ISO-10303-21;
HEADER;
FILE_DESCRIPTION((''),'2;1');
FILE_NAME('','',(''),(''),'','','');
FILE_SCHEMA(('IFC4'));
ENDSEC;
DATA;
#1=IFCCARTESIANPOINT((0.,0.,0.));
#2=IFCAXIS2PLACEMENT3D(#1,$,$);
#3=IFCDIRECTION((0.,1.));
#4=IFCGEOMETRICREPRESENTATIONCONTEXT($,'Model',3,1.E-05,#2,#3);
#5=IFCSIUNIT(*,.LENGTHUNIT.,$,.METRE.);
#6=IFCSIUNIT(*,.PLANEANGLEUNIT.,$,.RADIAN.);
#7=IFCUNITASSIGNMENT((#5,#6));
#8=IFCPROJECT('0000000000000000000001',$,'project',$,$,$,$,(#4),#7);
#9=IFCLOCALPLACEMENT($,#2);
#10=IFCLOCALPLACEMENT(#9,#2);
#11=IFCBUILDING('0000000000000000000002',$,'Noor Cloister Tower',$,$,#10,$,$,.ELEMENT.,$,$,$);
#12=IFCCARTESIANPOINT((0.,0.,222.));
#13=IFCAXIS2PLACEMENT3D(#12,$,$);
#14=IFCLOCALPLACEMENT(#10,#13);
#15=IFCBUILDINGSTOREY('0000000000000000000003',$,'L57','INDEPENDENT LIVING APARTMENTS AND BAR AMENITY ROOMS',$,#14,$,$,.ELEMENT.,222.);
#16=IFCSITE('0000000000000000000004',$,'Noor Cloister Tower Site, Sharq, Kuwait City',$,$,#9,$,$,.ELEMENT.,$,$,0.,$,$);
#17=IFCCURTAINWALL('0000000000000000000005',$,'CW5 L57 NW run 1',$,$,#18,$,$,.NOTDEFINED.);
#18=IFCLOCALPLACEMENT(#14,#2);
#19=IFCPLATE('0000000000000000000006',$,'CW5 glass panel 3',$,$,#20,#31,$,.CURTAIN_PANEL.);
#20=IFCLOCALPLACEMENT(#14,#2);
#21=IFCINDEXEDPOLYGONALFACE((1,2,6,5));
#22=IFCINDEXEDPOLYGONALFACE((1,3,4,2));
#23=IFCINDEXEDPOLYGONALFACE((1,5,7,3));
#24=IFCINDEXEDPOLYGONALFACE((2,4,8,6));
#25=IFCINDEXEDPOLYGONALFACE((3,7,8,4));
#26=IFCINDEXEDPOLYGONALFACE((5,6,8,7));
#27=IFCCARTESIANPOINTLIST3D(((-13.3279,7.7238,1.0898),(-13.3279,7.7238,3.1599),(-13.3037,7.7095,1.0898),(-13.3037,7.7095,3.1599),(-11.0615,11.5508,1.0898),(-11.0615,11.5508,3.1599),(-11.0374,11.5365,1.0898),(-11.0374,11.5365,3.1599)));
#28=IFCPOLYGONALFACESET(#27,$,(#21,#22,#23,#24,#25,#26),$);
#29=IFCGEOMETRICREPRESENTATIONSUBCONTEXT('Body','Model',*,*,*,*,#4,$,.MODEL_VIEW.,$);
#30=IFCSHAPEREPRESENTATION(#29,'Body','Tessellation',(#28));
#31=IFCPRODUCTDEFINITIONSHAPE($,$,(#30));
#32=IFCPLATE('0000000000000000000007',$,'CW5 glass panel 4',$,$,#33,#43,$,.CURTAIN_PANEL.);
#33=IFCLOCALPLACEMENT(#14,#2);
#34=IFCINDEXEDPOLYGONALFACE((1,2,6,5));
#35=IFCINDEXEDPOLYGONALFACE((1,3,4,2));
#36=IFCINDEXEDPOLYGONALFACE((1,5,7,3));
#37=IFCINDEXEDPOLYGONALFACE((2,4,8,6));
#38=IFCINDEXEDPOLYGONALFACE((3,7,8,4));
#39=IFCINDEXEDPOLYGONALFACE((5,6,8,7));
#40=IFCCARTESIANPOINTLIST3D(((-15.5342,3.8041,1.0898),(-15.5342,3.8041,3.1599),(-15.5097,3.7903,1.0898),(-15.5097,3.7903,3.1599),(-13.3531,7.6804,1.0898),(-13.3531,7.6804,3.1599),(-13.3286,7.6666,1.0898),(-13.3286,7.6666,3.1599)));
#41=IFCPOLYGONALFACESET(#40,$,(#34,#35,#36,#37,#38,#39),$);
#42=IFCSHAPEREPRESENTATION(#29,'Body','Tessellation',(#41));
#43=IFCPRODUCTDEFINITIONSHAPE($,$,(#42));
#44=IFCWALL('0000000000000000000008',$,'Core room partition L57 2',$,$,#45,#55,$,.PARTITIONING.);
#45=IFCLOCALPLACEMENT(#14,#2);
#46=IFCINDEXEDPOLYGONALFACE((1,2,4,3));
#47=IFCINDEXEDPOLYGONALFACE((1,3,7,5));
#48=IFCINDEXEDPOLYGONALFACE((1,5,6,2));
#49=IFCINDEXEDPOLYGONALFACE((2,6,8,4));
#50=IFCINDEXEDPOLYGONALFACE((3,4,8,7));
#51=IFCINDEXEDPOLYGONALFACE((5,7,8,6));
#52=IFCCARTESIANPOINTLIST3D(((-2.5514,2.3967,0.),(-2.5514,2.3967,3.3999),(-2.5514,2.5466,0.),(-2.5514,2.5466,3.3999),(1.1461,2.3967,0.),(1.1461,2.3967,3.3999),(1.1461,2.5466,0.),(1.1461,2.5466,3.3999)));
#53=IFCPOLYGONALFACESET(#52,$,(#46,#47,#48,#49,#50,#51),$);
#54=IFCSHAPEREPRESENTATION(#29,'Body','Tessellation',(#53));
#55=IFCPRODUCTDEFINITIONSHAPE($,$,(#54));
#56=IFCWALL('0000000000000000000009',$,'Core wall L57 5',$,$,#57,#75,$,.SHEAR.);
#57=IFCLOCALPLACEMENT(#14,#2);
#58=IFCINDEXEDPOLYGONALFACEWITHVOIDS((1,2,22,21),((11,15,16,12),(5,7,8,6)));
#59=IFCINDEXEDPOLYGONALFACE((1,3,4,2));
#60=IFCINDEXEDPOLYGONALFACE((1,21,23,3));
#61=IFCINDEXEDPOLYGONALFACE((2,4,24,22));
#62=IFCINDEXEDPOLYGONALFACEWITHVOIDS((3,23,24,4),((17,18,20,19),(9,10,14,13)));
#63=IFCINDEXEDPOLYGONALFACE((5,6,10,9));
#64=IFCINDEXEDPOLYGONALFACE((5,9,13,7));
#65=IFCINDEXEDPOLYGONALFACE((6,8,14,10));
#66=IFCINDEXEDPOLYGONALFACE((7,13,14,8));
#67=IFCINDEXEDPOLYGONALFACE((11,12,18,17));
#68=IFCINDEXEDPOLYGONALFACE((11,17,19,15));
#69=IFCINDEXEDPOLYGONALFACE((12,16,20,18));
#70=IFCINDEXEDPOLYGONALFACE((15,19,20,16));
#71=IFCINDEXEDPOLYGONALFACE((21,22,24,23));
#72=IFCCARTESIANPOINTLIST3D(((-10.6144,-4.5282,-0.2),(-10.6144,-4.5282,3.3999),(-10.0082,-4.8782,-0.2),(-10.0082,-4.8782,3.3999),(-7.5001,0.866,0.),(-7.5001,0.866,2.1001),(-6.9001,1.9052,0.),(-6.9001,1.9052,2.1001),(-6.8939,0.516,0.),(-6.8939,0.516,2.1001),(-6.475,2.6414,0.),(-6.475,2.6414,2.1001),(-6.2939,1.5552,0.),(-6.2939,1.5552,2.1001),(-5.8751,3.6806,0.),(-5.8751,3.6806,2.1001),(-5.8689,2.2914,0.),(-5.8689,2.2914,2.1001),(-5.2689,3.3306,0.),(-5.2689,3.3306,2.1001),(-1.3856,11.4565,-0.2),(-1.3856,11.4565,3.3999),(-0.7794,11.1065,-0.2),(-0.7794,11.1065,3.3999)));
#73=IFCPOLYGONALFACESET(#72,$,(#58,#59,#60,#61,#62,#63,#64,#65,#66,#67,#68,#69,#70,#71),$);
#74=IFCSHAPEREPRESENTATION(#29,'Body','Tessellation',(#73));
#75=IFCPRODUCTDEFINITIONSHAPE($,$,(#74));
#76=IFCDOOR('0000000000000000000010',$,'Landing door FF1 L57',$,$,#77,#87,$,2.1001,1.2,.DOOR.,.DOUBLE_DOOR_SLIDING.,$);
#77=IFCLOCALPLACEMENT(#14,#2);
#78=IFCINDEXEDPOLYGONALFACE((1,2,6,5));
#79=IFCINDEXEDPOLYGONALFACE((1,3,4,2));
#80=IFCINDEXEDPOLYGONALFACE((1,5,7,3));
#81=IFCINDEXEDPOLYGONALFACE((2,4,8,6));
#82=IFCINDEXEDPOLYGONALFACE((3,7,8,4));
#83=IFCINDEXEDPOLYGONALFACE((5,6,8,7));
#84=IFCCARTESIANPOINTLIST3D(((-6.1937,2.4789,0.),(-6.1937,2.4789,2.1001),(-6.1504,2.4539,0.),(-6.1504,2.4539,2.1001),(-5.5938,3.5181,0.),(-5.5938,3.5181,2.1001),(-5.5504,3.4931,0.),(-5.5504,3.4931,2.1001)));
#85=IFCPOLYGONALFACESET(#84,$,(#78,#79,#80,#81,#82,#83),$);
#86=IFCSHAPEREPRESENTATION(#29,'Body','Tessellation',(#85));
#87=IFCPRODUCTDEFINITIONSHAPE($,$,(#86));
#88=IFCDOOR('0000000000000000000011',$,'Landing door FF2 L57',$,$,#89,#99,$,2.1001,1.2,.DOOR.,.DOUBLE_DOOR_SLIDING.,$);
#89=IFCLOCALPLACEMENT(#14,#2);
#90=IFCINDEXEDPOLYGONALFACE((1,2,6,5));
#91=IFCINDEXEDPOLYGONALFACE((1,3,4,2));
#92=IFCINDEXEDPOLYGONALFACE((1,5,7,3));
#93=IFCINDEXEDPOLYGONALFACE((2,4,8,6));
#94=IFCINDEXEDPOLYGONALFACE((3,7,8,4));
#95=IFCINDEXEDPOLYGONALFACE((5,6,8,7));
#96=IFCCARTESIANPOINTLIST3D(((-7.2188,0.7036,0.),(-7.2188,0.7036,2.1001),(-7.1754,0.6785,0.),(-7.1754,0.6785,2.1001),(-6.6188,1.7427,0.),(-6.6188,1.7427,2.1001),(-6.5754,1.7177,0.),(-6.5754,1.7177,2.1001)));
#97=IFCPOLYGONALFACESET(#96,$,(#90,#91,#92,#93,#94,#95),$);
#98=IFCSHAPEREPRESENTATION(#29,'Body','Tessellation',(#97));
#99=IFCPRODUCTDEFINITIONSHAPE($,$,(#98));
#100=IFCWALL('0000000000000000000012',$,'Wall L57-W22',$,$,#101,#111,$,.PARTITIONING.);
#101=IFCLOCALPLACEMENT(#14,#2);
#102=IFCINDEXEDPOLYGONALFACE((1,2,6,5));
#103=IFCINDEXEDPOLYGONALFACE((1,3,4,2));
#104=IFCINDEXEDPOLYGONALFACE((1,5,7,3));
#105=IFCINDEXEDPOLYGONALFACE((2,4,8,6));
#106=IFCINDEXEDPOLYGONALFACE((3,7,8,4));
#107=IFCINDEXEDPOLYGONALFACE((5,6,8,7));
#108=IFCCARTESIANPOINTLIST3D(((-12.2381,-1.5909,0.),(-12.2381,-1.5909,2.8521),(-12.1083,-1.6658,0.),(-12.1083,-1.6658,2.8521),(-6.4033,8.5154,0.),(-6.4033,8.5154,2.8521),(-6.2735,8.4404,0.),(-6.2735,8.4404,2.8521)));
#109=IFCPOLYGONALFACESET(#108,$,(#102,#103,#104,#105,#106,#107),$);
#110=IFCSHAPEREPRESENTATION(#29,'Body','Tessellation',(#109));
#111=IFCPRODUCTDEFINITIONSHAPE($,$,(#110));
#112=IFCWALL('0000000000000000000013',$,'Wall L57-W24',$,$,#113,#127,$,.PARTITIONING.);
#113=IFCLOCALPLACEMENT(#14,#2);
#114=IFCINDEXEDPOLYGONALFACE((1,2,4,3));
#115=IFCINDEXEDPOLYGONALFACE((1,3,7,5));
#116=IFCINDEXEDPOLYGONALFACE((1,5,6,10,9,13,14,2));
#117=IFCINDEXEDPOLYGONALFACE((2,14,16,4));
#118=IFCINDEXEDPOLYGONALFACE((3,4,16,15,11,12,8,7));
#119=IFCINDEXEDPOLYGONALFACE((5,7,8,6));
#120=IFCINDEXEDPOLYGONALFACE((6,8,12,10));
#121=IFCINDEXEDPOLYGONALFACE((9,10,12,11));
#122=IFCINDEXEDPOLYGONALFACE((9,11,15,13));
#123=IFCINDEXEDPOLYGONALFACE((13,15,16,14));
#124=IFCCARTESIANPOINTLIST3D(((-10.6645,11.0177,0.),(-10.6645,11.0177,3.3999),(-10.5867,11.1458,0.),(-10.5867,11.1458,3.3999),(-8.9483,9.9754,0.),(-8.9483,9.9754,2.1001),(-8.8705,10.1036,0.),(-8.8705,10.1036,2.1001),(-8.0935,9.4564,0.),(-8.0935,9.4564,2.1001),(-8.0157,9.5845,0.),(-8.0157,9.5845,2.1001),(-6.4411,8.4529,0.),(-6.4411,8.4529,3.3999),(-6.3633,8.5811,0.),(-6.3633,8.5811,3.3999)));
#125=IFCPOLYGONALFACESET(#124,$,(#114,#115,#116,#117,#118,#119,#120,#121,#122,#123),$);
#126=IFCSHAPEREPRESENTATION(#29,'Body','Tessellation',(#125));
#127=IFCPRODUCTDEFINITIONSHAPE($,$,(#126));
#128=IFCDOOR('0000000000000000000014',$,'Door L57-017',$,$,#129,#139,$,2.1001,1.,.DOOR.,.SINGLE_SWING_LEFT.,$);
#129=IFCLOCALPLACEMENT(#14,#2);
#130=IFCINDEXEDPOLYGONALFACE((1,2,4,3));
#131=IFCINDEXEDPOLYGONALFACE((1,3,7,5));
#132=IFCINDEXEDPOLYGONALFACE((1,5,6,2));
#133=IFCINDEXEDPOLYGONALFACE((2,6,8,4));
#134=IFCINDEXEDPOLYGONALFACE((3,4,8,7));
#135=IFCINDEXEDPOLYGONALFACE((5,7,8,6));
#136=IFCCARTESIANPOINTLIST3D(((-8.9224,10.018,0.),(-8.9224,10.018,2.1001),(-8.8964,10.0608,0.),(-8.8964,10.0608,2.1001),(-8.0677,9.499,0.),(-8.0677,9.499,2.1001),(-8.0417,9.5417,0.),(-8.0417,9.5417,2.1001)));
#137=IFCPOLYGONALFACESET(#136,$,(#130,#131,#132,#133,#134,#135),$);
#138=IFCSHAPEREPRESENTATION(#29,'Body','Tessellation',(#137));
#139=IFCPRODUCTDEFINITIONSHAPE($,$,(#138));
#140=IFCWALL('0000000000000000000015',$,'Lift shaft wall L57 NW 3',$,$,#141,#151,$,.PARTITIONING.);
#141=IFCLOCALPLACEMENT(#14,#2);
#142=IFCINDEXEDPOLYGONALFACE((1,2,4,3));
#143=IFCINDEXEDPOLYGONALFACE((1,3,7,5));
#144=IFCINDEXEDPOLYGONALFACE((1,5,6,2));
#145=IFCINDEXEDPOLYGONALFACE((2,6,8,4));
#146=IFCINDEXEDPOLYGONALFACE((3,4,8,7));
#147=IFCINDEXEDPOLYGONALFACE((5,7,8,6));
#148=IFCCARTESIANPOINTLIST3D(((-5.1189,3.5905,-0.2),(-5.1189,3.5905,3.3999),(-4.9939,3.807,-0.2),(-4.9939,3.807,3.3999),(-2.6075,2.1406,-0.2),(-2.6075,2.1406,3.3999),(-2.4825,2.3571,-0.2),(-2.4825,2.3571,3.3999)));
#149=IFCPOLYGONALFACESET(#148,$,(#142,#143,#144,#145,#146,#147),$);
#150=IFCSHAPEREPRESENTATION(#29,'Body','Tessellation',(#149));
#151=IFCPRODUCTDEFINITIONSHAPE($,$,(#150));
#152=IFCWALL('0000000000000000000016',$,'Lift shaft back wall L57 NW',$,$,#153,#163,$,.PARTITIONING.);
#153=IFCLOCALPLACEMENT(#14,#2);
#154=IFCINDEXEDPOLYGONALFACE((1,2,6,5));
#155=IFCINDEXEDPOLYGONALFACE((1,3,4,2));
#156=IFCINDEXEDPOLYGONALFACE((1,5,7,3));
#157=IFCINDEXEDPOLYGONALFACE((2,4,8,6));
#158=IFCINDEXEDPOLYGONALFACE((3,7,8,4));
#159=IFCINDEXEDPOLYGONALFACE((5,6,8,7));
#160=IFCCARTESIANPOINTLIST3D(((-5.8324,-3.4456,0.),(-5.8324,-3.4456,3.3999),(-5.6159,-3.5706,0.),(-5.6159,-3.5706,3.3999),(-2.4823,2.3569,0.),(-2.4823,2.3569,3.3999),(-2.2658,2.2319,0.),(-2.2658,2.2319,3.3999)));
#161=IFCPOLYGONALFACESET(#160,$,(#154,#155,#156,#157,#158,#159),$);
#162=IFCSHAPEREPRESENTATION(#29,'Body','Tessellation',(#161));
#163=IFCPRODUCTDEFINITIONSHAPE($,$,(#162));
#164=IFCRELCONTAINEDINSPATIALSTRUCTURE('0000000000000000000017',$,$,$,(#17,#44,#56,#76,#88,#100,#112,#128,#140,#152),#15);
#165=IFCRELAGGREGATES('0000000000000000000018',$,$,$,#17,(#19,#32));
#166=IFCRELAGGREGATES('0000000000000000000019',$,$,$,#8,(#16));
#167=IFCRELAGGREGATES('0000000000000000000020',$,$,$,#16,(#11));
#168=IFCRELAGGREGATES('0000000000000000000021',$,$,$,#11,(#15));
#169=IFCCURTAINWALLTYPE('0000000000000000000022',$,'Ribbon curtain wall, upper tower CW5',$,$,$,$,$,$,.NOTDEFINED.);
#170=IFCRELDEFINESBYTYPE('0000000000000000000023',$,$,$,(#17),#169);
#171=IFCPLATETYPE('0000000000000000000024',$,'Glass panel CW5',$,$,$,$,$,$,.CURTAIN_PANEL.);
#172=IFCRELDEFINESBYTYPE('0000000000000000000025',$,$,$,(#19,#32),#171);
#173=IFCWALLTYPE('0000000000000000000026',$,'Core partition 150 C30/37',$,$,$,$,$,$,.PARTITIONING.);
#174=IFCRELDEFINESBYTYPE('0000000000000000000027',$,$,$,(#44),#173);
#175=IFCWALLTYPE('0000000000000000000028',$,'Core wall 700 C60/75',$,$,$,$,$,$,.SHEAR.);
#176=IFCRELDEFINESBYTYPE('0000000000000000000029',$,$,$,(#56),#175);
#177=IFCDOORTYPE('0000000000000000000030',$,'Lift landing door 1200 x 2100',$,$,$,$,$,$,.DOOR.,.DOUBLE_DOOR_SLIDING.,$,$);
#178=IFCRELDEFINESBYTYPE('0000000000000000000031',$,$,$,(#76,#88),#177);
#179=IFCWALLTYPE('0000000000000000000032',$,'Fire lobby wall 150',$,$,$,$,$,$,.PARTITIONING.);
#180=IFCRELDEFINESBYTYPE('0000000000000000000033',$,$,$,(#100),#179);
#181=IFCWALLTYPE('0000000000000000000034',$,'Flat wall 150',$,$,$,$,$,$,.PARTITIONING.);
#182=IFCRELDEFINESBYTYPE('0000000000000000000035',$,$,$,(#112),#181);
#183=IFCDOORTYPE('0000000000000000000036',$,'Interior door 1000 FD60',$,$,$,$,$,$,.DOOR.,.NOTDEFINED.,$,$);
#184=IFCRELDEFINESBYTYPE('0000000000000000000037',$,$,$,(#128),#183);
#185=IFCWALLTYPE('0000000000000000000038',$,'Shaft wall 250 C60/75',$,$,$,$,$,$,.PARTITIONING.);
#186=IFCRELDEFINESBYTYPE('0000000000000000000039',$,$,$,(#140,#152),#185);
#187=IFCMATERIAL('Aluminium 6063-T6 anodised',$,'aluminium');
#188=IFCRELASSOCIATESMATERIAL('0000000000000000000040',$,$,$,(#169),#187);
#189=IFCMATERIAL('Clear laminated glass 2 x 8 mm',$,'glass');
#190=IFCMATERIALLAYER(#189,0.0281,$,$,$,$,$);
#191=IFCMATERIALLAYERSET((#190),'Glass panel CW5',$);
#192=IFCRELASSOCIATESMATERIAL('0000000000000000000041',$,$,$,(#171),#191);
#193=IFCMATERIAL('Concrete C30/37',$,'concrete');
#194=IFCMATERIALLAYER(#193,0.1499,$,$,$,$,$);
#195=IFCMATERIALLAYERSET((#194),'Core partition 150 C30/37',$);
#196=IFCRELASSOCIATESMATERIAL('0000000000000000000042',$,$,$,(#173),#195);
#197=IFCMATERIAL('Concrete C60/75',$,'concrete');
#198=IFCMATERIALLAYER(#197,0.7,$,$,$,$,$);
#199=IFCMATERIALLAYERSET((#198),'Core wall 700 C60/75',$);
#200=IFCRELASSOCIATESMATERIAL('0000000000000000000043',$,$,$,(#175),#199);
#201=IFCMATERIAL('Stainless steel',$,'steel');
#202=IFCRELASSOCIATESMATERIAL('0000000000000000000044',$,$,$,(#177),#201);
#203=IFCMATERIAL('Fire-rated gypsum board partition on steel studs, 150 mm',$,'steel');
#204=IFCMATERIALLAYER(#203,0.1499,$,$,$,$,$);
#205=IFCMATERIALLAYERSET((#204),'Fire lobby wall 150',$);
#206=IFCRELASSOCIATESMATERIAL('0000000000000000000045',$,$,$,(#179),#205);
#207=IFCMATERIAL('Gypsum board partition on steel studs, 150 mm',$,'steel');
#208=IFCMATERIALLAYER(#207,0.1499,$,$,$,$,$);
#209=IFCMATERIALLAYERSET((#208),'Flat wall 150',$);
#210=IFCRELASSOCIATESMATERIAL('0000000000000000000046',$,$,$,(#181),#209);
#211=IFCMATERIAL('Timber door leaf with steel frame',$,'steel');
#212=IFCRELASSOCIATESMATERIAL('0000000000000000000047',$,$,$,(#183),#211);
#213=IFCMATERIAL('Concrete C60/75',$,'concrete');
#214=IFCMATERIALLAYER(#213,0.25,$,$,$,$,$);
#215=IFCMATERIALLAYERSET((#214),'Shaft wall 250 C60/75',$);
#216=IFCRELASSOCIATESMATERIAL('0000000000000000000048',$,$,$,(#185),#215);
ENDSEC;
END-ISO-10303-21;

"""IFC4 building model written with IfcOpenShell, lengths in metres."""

from ifc_helpers import new_model, si_unit, direction, frame, frame_2d, origin, origin_2d, place, context, subcontext, project, spatial, rectangle, extrude, material, layer, layer_set, type_object, element, fill, aggregate, save


model = new_model("IFC4")

# Units and contexts
model_context = context("Model", 3, precision=1e-05, world=origin(), true_north=direction((0.0, 1.0)))
body_context = subcontext(model_context, "Body", "Model", "MODEL_VIEW")
ifc_project = project(units=[si_unit("LENGTHUNIT", "METRE"), si_unit("PLANEANGLEUNIT", "RADIAN")], contexts=[model_context])

# Site, building, storey
site_placement = place(None, origin())
site = spatial("IfcSite", under=ifc_project, at=site_placement, Name="Noor Cloister Tower Site, Sharq, Kuwait City", CompositionType="ELEMENT", RefElevation=0.0)
building_placement = place(site_placement, origin())
building = spatial("IfcBuilding", under=site, at=building_placement, Name="Noor Cloister Tower", CompositionType="ELEMENT")
storey_placement = place(building_placement, frame((0.0, 0.0, 222.0)))
storey = spatial("IfcBuildingStorey", under=building, at=storey_placement, Name="L57", Description="INDEPENDENT LIVING APARTMENTS AND BAR AMENITY ROOMS", CompositionType="ELEMENT", Elevation=222.0)

# Curtain wall
ifc_material_1 = material(Name="Aluminium 6063-T6 anodised", Category="aluminium")
curtain_wall_type = type_object("IfcCurtainWallType", Name="Ribbon curtain wall, upper tower CW5", PredefinedType="NOTDEFINED", material=ifc_material_1)
curtain_wall_placement = place(storey_placement, origin())
curtain_wall = element("IfcCurtainWall", 1, at=curtain_wall_placement, inside=storey, type_object=curtain_wall_type, Name="CW5 L57 NW run 1", PredefinedType="NOTDEFINED")

# Plates
ifc_material_2 = material(Name="Clear laminated glass 2 x 8 mm", Category="glass")
ifc_layer_1 = layer(ifc_material_2, 0.0281)
ifc_layer_set_1 = layer_set([ifc_layer_1], Name="Glass panel CW5")
plate_type = type_object("IfcPlateType", Name="Glass panel CW5", PredefinedType="CURTAIN_PANEL", material=ifc_layer_set_1)
plate_1_placement = place(storey_placement, frame((-12.1826, 9.6301, 1.0898), z_axis=(0.0, 0.0, 1.0), x_axis=(-0.509553, -0.860439, 0.0)))
plate_1 = element("IfcPlate", 2, at=plate_1_placement, type_object=plate_type, Name="CW5 glass panel 3", PredefinedType="CURTAIN_PANEL", context=body_context, shape_type="SweptSolid", body=[
    extrude(rectangle(XDim=4.4478, YDim=0.0281, at=origin_2d()), origin(), (0.0, 0.0, 1.0), 2.0701),
])
plate_2_placement = place(storey_placement, frame((-14.4314, 5.7354, 1.0898), z_axis=(0.0, 0.0, 1.0), x_axis=(-0.490386, -0.871506, 0.0)))
plate_2 = element("IfcPlate", 3, at=plate_2_placement, type_object=plate_type, Name="CW5 glass panel 4", PredefinedType="CURTAIN_PANEL", context=body_context, shape_type="SweptSolid", body=[
    extrude(rectangle(XDim=4.4478, YDim=0.0281, at=origin_2d()), origin(), (0.0, 0.0, 1.0), 2.0701),
])
aggregate(curtain_wall, [plate_1, plate_2])

# Wall
ifc_material_3 = material(Name="Concrete C30/37", Category="concrete")
ifc_layer_2 = layer(ifc_material_3, 0.1499)
ifc_layer_set_2 = layer_set([ifc_layer_2], Name="Core partition 150 C30/37")
wall_type_1 = type_object("IfcWallType", Name="Core partition 150 C30/37", PredefinedType="PARTITIONING", material=ifc_layer_set_2)
wall_1_placement = place(storey_placement, frame((-2.5513, 2.4717, 0.0), z_axis=(0.0, 0.0, 1.0), x_axis=(1.0, 0.0, 0.0)))
element("IfcWall", 4, at=wall_1_placement, inside=storey, type_object=wall_type_1, Name="Core room partition L57 2", PredefinedType="PARTITIONING", context=body_context, shape_type="SweptSolid", body=[
    extrude(rectangle(XDim=3.6975, YDim=0.1499, at=frame_2d((1.8486, 0.0))), origin(), (0.0, 0.0, 1.0), 3.3999),
])

# Wall, openings, doors
ifc_material_4 = material(Name="Concrete C60/75", Category="concrete")
ifc_layer_3 = layer(ifc_material_4, 0.7)
ifc_layer_set_3 = layer_set([ifc_layer_3], Name="Core wall 700 C60/75")
wall_type_2 = type_object("IfcWallType", Name="Core wall 700 C60/75", PredefinedType="SHEAR", material=ifc_layer_set_3)
wall_2_placement = place(storey_placement, frame((-1.0825, 11.2815, -0.2), z_axis=(0.0, 0.0, 1.0), x_axis=(-0.500001, -0.866025, 0.0)))
wall_2 = element("IfcWall", 5, at=wall_2_placement, inside=storey, type_object=wall_type_2, Name="Core wall L57 5", PredefinedType="SHEAR", context=body_context, shape_type="SweptSolid", body=[
    extrude(rectangle(XDim=18.4575, YDim=0.7, at=frame_2d((9.2288, 0.0))), origin(), (0.0, 0.0, 1.0), 3.5999),
])
opening_1_placement = place(wall_2_placement, frame((8.9788, 0.0, 0.2)))
opening_1 = element("IfcOpeningElement", 6, at=opening_1_placement, cuts=wall_2, PredefinedType="OPENING", context=body_context, shape_type="SweptSolid", body=[
    extrude(rectangle(XDim=1.2, YDim=2.1001, at=frame_2d((0.6001, 1.05))), frame((0.0, 0.3599, 0.0), z_axis=(0.0, -1.0, 0.0), x_axis=(1.0, 0.0, 0.0)), (0.0, 0.0, 1.0), 0.72),
])
opening_2_placement = place(wall_2_placement, frame((11.0288, 0.0, 0.2)))
opening_2 = element("IfcOpeningElement", 7, at=opening_2_placement, cuts=wall_2, PredefinedType="OPENING", context=body_context, shape_type="SweptSolid", body=[
    extrude(rectangle(XDim=1.2, YDim=2.1001, at=frame_2d((0.6001, 1.05))), frame((0.0, 0.3599, 0.0), z_axis=(0.0, -1.0, 0.0), x_axis=(1.0, 0.0, 0.0)), (0.0, 0.0, 1.0), 0.72),
])
ifc_material_5 = material(Name="Stainless steel", Category="steel")
door_type_1 = type_object("IfcDoorType", Name="Lift landing door 1200 x 2100", OperationType="DOUBLE_DOOR_SLIDING", PredefinedType="DOOR", material=ifc_material_5)
door_1_placement = place(opening_1_placement, origin())
door_1 = element("IfcDoor", 8, at=door_1_placement, inside=storey, type_object=door_type_1, Name="Landing door FF1 L57", OperationType="DOUBLE_DOOR_SLIDING", OverallHeight=2.1001, OverallWidth=1.2, PredefinedType="DOOR", context=body_context, shape_type="SweptSolid", body=[
    extrude(rectangle(XDim=1.2, YDim=2.1001, at=frame_2d((0.6001, 1.05))), frame((0.0, 0.0249, 0.0), z_axis=(0.0, -1.0, 0.0), x_axis=(1.0, 0.0, 0.0)), (0.0, 0.0, 1.0), 0.05),
])
fill(opening_1, door_1)
door_2_placement = place(opening_2_placement, origin())
door_2 = element("IfcDoor", 9, at=door_2_placement, inside=storey, type_object=door_type_1, Name="Landing door FF2 L57", OperationType="DOUBLE_DOOR_SLIDING", OverallHeight=2.1001, OverallWidth=1.2, PredefinedType="DOOR", context=body_context, shape_type="SweptSolid", body=[
    extrude(rectangle(XDim=1.2, YDim=2.1001, at=frame_2d((0.6001, 1.05))), frame((0.0, 0.0249, 0.0), z_axis=(0.0, -1.0, 0.0), x_axis=(1.0, 0.0, 0.0)), (0.0, 0.0, 1.0), 0.05),
])
fill(opening_2, door_2)

# Wall
ifc_material_6 = material(Name="Fire-rated gypsum board partition on steel studs, 150 mm", Category="steel")
ifc_layer_4 = layer(ifc_material_6, 0.1499)
ifc_layer_set_4 = layer_set([ifc_layer_4], Name="Fire lobby wall 150")
wall_type_3 = type_object("IfcWallType", Name="Fire lobby wall 150", PredefinedType="PARTITIONING", material=ifc_layer_set_4)
wall_3_placement = place(storey_placement, frame((-6.3384, 8.478, 0.0), z_axis=(0.0, 0.0, 1.0), x_axis=(-0.499993, -0.866029, 0.0)))
element("IfcWall", 10, at=wall_3_placement, inside=storey, type_object=wall_type_3, Name="Wall L57-W22", PredefinedType="PARTITIONING", context=body_context, shape_type="SweptSolid", body=[
    extrude(rectangle(XDim=11.6697, YDim=0.1499, at=frame_2d((5.835, 0.0))), origin(), (0.0, 0.0, 1.0), 2.8521),
])

# Wall, opening, door
ifc_material_7 = material(Name="Gypsum board partition on steel studs, 150 mm", Category="steel")
ifc_layer_5 = layer(ifc_material_7, 0.1499)
ifc_layer_set_5 = layer_set([ifc_layer_5], Name="Flat wall 150")
wall_type_4 = type_object("IfcWallType", Name="Flat wall 150", PredefinedType="PARTITIONING", material=ifc_layer_set_5)
wall_4_placement = place(storey_placement, frame((-10.6257, 11.0818, 0.0), z_axis=(0.0, 0.0, 1.0), x_axis=(0.854743, -0.519052, 0.0)))
wall_4 = element("IfcWall", 11, at=wall_4_placement, inside=storey, type_object=wall_type_4, Name="Wall L57-W24", PredefinedType="PARTITIONING", context=body_context, shape_type="SweptSolid", body=[
    extrude(rectangle(XDim=4.9412, YDim=0.1499, at=frame_2d((2.4707, 0.0))), origin(), (0.0, 0.0, 1.0), 3.3999),
])
opening_3_placement = place(wall_4_placement, frame((2.0081, 0.0, 0.0)))
opening_3 = element("IfcOpeningElement", 12, at=opening_3_placement, cuts=wall_4, PredefinedType="OPENING", context=body_context, shape_type="SweptSolid", body=[
    extrude(rectangle(XDim=1.0, YDim=2.1001, at=frame_2d((0.5, 1.05))), frame((0.0, 0.085, 0.0), z_axis=(0.0, -1.0, 0.0), x_axis=(1.0, 0.0, 0.0)), (0.0, 0.0, 1.0), 0.1699),
])
ifc_material_8 = material(Name="Timber door leaf with steel frame", Category="steel")
door_type_2 = type_object("IfcDoorType", Name="Interior door 1000 FD60", OperationType="NOTDEFINED", PredefinedType="DOOR", material=ifc_material_8)
door_3_placement = place(opening_3_placement, origin())
door_3 = element("IfcDoor", 13, at=door_3_placement, inside=storey, type_object=door_type_2, Name="Door L57-017", OperationType="SINGLE_SWING_LEFT", OverallHeight=2.1001, OverallWidth=1.0, PredefinedType="DOOR", context=body_context, shape_type="SweptSolid", body=[
    extrude(rectangle(XDim=1.0, YDim=2.1001, at=frame_2d((0.5, 1.05))), frame((0.0, 0.0249, 0.0), z_axis=(0.0, -1.0, 0.0), x_axis=(1.0, 0.0, 0.0)), (0.0, 0.0, 1.0), 0.05),
])
fill(opening_3, door_3)

# Walls
ifc_material_9 = material(Name="Concrete C60/75", Category="concrete")
ifc_layer_6 = layer(ifc_material_9, 0.25)
ifc_layer_set_6 = layer_set([ifc_layer_6], Name="Shaft wall 250 C60/75")
wall_type_5 = type_object("IfcWallType", Name="Shaft wall 250 C60/75", PredefinedType="PARTITIONING", material=ifc_layer_set_6)
wall_5_placement = place(storey_placement, frame((-5.0564, 3.6987, -0.2), z_axis=(0.0, 0.0, 1.0), x_axis=(0.866033, -0.499987, 0.0)))
element("IfcWall", 14, at=wall_5_placement, inside=storey, type_object=wall_type_5, Name="Lift shaft wall L57 NW 3", PredefinedType="PARTITIONING", context=body_context, shape_type="SweptSolid", body=[
    extrude(rectangle(XDim=2.8999, YDim=0.25, at=frame_2d((1.45, 0.0))), origin(), (0.0, 0.0, 1.0), 3.5999),
])
wall_6_placement = place(storey_placement, frame((-2.374, 2.2944, 0.0), z_axis=(0.0, 0.0, 1.0), x_axis=(-0.500003, -0.866024, 0.0)))
element("IfcWall", 15, at=wall_6_placement, inside=storey, type_object=wall_type_5, Name="Lift shaft back wall L57 NW", PredefinedType="PARTITIONING", context=body_context, shape_type="SweptSolid", body=[
    extrude(rectangle(XDim=6.7002, YDim=0.25, at=frame_2d((3.3501, 0.0))), origin(), (0.0, 0.0, 1.0), 3.3999),
])

save(model, "model.ifc")
